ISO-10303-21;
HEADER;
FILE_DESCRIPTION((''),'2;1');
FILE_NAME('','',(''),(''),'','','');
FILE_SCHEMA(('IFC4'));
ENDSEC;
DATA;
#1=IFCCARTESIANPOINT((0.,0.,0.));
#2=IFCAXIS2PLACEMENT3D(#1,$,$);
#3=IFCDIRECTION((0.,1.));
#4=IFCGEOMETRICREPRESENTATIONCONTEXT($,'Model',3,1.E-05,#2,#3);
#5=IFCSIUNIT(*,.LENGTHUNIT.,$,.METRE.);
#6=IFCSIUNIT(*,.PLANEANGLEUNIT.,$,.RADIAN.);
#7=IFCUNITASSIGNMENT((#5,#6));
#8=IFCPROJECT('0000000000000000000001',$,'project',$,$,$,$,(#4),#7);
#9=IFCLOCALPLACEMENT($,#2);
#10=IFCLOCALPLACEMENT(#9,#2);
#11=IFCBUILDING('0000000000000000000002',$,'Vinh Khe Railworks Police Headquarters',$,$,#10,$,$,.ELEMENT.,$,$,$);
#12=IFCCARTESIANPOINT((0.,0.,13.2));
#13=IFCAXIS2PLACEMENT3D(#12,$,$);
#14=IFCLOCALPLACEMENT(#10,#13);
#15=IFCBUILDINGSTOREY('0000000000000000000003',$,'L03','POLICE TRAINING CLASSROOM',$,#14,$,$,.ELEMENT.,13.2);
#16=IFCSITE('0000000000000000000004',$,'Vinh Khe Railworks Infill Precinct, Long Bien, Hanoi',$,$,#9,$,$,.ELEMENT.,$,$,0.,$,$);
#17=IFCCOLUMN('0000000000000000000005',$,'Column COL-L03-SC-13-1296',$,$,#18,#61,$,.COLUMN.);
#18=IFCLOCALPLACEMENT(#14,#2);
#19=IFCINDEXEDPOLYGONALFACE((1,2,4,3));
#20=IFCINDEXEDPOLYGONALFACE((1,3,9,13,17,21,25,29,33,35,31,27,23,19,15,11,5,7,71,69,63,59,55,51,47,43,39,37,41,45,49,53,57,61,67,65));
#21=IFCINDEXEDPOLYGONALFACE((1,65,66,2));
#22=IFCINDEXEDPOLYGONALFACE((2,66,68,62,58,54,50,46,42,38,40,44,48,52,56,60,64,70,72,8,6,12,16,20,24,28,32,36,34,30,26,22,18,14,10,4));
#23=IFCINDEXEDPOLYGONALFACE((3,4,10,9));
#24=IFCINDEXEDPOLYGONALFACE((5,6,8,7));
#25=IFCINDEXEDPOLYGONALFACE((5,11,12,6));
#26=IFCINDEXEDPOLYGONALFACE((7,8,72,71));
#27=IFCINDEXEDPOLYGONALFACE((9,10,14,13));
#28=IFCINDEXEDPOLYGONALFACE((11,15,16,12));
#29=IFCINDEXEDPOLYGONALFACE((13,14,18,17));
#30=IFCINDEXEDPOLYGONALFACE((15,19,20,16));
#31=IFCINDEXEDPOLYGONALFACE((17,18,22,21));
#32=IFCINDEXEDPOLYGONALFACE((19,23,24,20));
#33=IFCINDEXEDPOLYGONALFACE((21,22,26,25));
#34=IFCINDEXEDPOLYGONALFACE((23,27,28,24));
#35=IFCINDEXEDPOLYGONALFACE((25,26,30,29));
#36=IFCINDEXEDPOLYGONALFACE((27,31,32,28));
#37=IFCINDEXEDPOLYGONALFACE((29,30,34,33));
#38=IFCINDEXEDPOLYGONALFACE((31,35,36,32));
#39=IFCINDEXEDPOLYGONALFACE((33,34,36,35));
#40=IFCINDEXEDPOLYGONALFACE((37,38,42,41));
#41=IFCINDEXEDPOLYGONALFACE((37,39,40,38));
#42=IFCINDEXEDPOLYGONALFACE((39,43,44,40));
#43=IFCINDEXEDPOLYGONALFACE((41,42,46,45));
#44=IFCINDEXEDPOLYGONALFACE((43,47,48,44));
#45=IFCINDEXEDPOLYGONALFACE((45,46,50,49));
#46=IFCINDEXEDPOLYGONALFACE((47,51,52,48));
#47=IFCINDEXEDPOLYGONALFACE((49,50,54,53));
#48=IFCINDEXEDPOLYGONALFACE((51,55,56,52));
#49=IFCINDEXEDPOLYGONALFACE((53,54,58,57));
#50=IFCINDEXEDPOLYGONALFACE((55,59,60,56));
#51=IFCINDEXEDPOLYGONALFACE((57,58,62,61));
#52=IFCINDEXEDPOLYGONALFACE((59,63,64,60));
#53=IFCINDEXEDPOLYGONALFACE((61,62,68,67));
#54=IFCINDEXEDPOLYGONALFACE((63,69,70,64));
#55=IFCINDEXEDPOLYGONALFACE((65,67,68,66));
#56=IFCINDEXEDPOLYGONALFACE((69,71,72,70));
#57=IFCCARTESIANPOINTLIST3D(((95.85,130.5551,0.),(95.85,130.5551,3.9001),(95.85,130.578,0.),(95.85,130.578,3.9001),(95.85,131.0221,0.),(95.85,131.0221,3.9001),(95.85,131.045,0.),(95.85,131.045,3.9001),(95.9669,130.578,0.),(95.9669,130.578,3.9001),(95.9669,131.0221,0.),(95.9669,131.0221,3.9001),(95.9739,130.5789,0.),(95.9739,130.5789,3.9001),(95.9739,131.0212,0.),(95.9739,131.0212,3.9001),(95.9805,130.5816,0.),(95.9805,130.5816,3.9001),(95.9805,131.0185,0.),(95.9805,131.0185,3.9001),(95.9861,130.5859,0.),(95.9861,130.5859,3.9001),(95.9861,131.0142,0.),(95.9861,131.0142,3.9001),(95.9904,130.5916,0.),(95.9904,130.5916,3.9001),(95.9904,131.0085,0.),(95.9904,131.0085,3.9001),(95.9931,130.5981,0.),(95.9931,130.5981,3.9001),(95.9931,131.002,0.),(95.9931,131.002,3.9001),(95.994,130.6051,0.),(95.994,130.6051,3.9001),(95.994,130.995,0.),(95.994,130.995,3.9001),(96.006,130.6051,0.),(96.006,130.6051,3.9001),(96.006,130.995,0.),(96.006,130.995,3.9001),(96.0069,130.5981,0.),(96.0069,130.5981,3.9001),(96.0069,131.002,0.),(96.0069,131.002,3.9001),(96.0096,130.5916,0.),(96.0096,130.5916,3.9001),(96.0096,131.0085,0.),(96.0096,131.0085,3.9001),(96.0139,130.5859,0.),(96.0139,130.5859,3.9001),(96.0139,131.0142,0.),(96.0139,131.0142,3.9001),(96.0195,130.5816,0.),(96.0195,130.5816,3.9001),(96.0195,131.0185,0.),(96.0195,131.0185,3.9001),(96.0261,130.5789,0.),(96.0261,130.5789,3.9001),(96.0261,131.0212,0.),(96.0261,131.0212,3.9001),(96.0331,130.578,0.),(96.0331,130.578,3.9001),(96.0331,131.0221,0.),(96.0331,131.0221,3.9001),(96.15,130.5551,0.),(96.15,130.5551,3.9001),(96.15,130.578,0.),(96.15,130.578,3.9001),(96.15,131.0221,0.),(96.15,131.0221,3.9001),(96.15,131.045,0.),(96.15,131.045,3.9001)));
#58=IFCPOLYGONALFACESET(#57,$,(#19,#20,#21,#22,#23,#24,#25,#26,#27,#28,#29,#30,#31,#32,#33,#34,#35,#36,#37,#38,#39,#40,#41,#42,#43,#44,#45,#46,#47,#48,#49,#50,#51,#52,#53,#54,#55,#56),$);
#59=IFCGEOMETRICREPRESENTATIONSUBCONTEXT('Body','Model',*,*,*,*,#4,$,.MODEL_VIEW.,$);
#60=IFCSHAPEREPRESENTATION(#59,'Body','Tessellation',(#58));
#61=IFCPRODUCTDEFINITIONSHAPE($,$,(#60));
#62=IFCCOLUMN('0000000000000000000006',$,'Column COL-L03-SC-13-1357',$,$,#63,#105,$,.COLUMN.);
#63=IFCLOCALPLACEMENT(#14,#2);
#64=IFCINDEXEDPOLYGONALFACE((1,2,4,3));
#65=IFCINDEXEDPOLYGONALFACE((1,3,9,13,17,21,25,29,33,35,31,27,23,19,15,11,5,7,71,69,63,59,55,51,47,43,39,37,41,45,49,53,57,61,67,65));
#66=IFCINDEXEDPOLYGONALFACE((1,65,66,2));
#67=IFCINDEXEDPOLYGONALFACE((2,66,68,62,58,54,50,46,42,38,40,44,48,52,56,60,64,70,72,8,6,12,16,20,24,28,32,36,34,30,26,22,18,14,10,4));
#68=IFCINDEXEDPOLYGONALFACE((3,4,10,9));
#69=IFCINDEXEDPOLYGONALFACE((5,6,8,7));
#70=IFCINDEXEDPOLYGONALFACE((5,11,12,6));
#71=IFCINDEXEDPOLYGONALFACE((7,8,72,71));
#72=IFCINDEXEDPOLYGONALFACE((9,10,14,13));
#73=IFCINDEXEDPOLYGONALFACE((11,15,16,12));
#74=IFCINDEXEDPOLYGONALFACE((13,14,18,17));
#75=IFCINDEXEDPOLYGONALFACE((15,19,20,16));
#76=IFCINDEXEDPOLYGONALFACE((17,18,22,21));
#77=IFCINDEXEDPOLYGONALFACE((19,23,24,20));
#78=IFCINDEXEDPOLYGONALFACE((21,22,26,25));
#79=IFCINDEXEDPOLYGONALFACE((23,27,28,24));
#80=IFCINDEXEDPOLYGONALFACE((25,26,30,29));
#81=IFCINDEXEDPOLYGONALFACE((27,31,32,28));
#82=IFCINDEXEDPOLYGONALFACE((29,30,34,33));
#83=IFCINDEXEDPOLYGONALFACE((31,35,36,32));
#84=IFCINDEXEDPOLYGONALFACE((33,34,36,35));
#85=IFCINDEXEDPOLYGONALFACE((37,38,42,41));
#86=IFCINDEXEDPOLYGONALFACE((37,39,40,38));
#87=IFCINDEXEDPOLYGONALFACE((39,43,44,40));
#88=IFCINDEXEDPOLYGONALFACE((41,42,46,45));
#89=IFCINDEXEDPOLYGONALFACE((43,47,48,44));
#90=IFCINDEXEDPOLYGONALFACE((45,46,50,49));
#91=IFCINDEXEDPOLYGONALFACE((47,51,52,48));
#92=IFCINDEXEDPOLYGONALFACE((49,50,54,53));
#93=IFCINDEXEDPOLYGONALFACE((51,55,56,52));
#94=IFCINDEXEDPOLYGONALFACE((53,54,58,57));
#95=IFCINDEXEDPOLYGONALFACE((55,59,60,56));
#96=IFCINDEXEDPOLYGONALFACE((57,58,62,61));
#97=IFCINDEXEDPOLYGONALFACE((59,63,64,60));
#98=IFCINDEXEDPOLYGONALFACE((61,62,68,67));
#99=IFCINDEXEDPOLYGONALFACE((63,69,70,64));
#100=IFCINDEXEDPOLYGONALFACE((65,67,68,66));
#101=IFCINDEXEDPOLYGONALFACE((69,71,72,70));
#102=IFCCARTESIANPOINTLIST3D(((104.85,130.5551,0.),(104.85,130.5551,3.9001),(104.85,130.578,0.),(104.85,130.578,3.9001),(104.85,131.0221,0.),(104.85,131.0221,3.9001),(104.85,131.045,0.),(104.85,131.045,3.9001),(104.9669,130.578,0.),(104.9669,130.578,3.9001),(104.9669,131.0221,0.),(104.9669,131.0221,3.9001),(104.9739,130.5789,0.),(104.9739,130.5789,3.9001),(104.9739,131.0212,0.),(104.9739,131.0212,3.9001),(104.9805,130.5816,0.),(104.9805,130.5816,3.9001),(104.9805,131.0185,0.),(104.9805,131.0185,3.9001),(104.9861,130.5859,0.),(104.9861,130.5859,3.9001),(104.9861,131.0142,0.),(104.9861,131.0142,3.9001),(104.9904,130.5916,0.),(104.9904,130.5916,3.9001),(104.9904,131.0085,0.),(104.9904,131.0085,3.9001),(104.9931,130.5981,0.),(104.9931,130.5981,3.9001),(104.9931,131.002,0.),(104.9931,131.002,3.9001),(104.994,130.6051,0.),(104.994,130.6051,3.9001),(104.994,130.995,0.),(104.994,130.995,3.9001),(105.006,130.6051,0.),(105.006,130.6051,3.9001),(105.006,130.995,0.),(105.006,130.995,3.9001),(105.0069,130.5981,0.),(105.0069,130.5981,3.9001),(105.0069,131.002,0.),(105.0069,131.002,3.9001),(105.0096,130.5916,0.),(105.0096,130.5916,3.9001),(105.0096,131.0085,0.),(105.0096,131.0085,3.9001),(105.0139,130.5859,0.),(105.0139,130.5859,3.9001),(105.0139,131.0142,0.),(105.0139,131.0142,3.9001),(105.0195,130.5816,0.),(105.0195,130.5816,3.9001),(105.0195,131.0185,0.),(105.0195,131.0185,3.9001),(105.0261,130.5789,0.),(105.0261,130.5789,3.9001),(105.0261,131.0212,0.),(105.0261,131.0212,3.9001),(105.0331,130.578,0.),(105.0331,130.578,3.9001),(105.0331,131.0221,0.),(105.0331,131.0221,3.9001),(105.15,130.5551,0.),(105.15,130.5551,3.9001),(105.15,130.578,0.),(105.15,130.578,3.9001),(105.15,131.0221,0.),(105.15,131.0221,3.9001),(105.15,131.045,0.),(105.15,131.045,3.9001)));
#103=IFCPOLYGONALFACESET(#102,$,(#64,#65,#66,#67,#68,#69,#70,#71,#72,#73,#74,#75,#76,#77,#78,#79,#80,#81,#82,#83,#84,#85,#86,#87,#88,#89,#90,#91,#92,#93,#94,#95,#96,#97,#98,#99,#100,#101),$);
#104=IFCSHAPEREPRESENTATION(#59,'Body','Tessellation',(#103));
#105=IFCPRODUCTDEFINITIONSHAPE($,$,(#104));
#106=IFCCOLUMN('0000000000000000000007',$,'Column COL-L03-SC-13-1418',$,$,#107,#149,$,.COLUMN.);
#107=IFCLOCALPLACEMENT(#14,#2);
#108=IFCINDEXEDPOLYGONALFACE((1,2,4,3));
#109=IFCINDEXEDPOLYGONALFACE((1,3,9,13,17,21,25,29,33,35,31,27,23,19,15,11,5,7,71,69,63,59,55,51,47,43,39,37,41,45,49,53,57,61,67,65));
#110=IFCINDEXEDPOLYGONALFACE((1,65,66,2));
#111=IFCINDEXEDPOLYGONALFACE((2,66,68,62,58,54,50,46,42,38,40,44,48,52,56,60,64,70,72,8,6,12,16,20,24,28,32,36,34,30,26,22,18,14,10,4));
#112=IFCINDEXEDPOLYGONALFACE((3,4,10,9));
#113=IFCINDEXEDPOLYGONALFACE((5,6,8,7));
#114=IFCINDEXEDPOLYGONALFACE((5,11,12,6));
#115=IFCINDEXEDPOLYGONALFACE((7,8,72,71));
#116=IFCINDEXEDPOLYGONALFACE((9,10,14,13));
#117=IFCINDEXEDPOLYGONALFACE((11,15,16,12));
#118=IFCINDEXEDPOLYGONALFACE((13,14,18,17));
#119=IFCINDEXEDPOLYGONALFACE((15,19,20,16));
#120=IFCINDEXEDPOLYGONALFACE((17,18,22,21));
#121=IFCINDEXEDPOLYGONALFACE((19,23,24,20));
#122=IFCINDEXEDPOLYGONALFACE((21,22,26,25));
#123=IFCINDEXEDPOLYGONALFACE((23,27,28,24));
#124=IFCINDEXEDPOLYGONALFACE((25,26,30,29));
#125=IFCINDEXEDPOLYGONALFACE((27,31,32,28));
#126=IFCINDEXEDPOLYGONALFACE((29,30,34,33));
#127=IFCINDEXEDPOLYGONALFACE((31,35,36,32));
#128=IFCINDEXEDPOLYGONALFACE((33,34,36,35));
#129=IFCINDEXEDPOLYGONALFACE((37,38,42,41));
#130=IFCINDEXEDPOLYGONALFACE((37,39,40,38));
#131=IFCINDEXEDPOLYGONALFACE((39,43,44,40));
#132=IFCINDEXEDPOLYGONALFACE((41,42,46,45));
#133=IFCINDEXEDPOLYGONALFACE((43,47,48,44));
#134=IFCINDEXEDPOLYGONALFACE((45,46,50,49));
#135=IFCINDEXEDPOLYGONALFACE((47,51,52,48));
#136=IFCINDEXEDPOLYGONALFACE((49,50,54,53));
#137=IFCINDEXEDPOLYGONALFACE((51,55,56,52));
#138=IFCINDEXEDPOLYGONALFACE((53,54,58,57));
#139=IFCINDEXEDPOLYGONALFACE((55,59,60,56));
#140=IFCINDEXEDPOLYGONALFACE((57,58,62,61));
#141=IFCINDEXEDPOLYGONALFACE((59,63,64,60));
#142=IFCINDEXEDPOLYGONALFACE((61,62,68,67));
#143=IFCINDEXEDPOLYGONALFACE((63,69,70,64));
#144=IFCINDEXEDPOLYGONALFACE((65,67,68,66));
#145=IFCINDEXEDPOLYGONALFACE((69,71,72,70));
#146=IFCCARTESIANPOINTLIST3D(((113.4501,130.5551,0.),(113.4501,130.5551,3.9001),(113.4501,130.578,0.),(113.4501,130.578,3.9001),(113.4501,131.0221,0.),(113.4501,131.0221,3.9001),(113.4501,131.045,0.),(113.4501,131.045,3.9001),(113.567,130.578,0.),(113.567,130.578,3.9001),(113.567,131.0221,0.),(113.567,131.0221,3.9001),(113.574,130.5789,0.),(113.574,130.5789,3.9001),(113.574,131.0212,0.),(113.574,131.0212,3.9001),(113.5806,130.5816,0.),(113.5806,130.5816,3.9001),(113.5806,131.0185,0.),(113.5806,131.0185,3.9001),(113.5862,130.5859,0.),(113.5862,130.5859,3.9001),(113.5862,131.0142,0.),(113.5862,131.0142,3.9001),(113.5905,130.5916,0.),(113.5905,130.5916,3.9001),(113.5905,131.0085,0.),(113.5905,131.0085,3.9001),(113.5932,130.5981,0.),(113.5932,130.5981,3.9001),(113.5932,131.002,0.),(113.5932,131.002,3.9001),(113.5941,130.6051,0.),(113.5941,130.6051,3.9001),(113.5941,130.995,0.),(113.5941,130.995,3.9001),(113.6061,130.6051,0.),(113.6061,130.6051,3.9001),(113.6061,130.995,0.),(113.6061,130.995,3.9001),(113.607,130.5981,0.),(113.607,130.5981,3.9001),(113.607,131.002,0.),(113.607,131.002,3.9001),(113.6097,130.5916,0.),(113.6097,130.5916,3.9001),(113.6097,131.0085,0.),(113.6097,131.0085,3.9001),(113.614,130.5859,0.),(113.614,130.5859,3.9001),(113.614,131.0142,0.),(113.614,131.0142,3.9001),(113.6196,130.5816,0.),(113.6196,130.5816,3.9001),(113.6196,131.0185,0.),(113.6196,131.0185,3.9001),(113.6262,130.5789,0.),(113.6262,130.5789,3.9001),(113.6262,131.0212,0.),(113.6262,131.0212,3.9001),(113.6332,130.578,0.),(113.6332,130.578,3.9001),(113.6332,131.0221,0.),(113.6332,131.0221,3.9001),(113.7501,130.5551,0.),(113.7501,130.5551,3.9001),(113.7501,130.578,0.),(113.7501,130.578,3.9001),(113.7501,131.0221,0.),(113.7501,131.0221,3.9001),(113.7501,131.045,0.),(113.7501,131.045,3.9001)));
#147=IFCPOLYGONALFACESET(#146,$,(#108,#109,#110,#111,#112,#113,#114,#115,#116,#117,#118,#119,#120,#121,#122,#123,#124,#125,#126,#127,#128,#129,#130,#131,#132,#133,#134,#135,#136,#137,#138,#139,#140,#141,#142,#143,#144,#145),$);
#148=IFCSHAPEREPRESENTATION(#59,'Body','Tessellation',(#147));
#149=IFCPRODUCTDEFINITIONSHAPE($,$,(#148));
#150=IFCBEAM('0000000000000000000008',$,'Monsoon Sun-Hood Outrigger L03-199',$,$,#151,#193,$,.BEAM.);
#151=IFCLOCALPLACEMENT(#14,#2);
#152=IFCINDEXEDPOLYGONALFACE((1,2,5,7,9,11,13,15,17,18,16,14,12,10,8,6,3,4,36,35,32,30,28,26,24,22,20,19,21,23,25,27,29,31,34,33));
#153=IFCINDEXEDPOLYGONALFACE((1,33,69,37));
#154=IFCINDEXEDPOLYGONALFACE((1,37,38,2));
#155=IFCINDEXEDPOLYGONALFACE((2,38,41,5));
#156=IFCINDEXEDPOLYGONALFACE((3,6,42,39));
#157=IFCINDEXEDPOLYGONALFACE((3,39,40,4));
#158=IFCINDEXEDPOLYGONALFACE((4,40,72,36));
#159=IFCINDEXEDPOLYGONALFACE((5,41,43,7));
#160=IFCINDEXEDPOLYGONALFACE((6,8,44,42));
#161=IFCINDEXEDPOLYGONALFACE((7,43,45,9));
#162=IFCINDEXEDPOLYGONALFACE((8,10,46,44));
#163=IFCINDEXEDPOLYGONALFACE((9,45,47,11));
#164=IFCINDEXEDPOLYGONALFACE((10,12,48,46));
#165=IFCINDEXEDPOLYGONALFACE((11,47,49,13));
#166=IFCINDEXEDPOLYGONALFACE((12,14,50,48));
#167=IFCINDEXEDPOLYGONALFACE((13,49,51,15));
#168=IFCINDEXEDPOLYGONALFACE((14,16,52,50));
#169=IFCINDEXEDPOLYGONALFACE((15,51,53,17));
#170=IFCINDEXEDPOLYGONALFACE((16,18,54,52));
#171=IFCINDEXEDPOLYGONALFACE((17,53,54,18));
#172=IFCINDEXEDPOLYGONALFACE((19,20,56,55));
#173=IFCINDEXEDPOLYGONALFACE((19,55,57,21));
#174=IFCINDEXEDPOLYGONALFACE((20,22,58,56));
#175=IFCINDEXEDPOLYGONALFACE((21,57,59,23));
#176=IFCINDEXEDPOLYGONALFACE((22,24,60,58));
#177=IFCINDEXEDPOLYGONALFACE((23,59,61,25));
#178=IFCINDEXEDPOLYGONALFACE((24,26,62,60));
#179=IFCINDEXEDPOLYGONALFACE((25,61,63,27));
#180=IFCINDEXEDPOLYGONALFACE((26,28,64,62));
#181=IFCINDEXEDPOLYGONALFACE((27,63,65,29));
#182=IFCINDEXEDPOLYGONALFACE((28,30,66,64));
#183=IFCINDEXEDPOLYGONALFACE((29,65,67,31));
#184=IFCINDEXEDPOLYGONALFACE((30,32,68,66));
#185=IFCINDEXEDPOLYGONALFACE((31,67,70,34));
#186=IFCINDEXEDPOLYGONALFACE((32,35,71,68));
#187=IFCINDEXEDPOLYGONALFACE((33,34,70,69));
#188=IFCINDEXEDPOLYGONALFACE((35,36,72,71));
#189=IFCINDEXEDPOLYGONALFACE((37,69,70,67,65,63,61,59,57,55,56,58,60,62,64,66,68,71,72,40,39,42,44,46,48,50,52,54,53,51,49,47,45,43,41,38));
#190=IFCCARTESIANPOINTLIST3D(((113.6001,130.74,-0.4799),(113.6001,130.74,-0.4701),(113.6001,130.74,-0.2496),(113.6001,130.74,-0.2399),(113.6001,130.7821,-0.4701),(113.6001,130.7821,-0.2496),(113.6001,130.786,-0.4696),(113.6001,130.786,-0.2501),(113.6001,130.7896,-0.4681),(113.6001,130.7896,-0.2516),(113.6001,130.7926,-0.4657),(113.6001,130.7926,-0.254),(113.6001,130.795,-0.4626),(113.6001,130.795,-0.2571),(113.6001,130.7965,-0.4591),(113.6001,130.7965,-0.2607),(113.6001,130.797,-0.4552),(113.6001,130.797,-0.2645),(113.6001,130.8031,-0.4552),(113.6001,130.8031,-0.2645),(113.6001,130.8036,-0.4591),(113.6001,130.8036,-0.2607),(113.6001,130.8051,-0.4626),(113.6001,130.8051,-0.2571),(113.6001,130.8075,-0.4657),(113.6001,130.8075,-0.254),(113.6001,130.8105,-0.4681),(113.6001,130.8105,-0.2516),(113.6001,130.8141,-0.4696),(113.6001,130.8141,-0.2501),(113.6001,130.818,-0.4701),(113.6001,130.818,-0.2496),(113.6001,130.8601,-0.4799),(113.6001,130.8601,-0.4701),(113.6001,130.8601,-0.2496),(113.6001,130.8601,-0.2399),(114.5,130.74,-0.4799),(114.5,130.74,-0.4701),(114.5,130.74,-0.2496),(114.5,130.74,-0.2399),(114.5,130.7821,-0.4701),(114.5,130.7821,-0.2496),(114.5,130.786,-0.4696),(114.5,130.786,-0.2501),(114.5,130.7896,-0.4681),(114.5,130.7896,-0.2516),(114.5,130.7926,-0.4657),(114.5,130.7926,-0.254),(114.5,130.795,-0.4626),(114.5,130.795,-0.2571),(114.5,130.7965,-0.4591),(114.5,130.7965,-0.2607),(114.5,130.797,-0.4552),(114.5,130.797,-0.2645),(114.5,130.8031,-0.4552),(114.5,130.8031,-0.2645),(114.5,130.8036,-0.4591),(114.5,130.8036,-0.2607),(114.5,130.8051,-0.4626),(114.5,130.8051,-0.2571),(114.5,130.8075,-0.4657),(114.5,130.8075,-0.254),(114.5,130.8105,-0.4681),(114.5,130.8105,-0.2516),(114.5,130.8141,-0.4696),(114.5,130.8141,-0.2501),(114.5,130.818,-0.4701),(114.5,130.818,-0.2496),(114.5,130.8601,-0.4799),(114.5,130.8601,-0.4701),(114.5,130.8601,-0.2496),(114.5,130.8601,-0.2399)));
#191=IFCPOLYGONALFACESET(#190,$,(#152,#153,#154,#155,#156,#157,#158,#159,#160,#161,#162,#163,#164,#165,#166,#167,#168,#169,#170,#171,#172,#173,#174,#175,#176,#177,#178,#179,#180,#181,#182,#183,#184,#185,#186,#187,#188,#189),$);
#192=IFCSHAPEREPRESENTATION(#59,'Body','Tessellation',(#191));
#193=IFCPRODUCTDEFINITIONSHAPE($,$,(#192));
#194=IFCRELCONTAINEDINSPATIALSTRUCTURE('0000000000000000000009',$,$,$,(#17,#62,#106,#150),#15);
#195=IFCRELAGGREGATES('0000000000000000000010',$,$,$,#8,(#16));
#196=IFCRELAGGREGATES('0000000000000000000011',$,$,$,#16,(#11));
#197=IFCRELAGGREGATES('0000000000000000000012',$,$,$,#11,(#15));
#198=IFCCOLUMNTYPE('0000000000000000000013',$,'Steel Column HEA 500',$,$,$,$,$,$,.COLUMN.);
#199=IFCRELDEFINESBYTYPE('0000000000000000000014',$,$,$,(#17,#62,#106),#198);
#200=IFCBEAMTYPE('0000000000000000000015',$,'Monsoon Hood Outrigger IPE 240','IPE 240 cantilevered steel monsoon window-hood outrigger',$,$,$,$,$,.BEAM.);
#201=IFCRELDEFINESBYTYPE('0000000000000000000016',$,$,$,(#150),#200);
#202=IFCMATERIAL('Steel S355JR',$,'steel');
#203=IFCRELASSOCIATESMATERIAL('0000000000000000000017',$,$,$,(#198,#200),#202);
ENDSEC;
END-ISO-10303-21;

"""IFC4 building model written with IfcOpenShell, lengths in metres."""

from ifc_helpers import new_model, si_unit, direction, frame, origin, origin_2d, place, context, subcontext, project, spatial, i_section, extrude, material, material_profile, profile_set, type_object, element, save


model = new_model("IFC4")

# Units and contexts
model_context = context("Model", 3, precision=1e-05, world=origin(), true_north=direction((0.0, 1.0)))
body_context = subcontext(model_context, "Body", "Model", "MODEL_VIEW")
ifc_project = project(units=[si_unit("LENGTHUNIT", "METRE"), si_unit("PLANEANGLEUNIT", "RADIAN")], contexts=[model_context])

# Site, building, storey
site_placement = place(None, origin())
site = spatial("IfcSite", under=ifc_project, at=site_placement, Name="Vinh Khe Railworks Infill Precinct, Long Bien, Hanoi", CompositionType="ELEMENT", RefElevation=0.0)
building_placement = place(site_placement, origin())
building = spatial("IfcBuilding", under=site, at=building_placement, Name="Vinh Khe Railworks Police Headquarters", CompositionType="ELEMENT")
storey_placement = place(building_placement, frame((0.0, 0.0, 13.2)))
storey = spatial("IfcBuildingStorey", under=building, at=storey_placement, Name="L03", Description="POLICE TRAINING CLASSROOM", CompositionType="ELEMENT", Elevation=13.2)

# Columns
ifc_material_1 = material(Name="Steel S355JR", Category="steel")
ifc_material_profile_1 = material_profile(ifc_material_1, i_section(OverallWidth=0.3, OverallDepth=0.49, WebThickness=0.012, FlangeThickness=0.0229, FilletRadius=0.0271, at=origin_2d()), Name="HEA 500")
ifc_profile_set_1 = profile_set([ifc_material_profile_1], Name="Steel S355JR")
column_type = type_object("IfcColumnType", Name="Steel Column HEA 500", PredefinedType="COLUMN", material=ifc_profile_set_1)
for number, where, z_axis, x_axis, name in (
    (1, (96.0, 130.8, 0.0), (0.0, 0.0, 1.0), (1.0, 0.0, 0.0), "Column COL-L03-SC-13-1296"),
    (2, (105.0, 130.8, 0.0), (0.0, 0.0, 1.0), (1.0, 0.0, 0.0), "Column COL-L03-SC-13-1357"),
    (3, (113.6001, 130.8, 0.0), (0.0, 0.0, 1.0), (1.0, 0.0, 0.0), "Column COL-L03-SC-13-1418"),
):
    element("IfcColumn", number, at=place(storey_placement, frame(where, z_axis=z_axis, x_axis=x_axis)), inside=storey, type_object=column_type, Name=name, PredefinedType="COLUMN", context=body_context, shape_type="SweptSolid", body=[
        extrude(i_section(OverallWidth=0.3, OverallDepth=0.49, WebThickness=0.012, FlangeThickness=0.0229, FilletRadius=0.0271, at=origin_2d()), origin(), (0.0, 0.0, 1.0), 3.9001),
    ])

# Beam
ifc_material_profile_2 = material_profile(ifc_material_1, i_section(OverallWidth=0.1201, OverallDepth=0.24, WebThickness=0.0061, FlangeThickness=0.0098, FilletRadius=0.0149, at=origin_2d()), Name="IPE 240")
ifc_profile_set_2 = profile_set([ifc_material_profile_2], Name="Steel S355JR")
beam_type_1 = type_object("IfcBeamType", Name="Monsoon Hood Outrigger IPE 240", Description="IPE 240 cantilevered steel monsoon window-hood outrigger", PredefinedType="BEAM", material=ifc_profile_set_2)
beam_1_placement = place(storey_placement, frame((113.6001, 130.8, -0.3599), z_axis=(1.0, 0.0, 0.0), x_axis=(0.0, 1.0, 0.0)))
element("IfcBeam", 4, at=beam_1_placement, inside=storey, type_object=beam_type_1, Name="Monsoon Sun-Hood Outrigger L03-199", PredefinedType="BEAM", context=body_context, shape_type="SweptSolid", body=[
    extrude(i_section(OverallWidth=0.1201, OverallDepth=0.24, WebThickness=0.0061, FlangeThickness=0.0098, FilletRadius=0.0149, at=origin_2d()), origin(), (0.0, 0.0, 1.0), 0.8999),
])

save(model, "model.ifc")
